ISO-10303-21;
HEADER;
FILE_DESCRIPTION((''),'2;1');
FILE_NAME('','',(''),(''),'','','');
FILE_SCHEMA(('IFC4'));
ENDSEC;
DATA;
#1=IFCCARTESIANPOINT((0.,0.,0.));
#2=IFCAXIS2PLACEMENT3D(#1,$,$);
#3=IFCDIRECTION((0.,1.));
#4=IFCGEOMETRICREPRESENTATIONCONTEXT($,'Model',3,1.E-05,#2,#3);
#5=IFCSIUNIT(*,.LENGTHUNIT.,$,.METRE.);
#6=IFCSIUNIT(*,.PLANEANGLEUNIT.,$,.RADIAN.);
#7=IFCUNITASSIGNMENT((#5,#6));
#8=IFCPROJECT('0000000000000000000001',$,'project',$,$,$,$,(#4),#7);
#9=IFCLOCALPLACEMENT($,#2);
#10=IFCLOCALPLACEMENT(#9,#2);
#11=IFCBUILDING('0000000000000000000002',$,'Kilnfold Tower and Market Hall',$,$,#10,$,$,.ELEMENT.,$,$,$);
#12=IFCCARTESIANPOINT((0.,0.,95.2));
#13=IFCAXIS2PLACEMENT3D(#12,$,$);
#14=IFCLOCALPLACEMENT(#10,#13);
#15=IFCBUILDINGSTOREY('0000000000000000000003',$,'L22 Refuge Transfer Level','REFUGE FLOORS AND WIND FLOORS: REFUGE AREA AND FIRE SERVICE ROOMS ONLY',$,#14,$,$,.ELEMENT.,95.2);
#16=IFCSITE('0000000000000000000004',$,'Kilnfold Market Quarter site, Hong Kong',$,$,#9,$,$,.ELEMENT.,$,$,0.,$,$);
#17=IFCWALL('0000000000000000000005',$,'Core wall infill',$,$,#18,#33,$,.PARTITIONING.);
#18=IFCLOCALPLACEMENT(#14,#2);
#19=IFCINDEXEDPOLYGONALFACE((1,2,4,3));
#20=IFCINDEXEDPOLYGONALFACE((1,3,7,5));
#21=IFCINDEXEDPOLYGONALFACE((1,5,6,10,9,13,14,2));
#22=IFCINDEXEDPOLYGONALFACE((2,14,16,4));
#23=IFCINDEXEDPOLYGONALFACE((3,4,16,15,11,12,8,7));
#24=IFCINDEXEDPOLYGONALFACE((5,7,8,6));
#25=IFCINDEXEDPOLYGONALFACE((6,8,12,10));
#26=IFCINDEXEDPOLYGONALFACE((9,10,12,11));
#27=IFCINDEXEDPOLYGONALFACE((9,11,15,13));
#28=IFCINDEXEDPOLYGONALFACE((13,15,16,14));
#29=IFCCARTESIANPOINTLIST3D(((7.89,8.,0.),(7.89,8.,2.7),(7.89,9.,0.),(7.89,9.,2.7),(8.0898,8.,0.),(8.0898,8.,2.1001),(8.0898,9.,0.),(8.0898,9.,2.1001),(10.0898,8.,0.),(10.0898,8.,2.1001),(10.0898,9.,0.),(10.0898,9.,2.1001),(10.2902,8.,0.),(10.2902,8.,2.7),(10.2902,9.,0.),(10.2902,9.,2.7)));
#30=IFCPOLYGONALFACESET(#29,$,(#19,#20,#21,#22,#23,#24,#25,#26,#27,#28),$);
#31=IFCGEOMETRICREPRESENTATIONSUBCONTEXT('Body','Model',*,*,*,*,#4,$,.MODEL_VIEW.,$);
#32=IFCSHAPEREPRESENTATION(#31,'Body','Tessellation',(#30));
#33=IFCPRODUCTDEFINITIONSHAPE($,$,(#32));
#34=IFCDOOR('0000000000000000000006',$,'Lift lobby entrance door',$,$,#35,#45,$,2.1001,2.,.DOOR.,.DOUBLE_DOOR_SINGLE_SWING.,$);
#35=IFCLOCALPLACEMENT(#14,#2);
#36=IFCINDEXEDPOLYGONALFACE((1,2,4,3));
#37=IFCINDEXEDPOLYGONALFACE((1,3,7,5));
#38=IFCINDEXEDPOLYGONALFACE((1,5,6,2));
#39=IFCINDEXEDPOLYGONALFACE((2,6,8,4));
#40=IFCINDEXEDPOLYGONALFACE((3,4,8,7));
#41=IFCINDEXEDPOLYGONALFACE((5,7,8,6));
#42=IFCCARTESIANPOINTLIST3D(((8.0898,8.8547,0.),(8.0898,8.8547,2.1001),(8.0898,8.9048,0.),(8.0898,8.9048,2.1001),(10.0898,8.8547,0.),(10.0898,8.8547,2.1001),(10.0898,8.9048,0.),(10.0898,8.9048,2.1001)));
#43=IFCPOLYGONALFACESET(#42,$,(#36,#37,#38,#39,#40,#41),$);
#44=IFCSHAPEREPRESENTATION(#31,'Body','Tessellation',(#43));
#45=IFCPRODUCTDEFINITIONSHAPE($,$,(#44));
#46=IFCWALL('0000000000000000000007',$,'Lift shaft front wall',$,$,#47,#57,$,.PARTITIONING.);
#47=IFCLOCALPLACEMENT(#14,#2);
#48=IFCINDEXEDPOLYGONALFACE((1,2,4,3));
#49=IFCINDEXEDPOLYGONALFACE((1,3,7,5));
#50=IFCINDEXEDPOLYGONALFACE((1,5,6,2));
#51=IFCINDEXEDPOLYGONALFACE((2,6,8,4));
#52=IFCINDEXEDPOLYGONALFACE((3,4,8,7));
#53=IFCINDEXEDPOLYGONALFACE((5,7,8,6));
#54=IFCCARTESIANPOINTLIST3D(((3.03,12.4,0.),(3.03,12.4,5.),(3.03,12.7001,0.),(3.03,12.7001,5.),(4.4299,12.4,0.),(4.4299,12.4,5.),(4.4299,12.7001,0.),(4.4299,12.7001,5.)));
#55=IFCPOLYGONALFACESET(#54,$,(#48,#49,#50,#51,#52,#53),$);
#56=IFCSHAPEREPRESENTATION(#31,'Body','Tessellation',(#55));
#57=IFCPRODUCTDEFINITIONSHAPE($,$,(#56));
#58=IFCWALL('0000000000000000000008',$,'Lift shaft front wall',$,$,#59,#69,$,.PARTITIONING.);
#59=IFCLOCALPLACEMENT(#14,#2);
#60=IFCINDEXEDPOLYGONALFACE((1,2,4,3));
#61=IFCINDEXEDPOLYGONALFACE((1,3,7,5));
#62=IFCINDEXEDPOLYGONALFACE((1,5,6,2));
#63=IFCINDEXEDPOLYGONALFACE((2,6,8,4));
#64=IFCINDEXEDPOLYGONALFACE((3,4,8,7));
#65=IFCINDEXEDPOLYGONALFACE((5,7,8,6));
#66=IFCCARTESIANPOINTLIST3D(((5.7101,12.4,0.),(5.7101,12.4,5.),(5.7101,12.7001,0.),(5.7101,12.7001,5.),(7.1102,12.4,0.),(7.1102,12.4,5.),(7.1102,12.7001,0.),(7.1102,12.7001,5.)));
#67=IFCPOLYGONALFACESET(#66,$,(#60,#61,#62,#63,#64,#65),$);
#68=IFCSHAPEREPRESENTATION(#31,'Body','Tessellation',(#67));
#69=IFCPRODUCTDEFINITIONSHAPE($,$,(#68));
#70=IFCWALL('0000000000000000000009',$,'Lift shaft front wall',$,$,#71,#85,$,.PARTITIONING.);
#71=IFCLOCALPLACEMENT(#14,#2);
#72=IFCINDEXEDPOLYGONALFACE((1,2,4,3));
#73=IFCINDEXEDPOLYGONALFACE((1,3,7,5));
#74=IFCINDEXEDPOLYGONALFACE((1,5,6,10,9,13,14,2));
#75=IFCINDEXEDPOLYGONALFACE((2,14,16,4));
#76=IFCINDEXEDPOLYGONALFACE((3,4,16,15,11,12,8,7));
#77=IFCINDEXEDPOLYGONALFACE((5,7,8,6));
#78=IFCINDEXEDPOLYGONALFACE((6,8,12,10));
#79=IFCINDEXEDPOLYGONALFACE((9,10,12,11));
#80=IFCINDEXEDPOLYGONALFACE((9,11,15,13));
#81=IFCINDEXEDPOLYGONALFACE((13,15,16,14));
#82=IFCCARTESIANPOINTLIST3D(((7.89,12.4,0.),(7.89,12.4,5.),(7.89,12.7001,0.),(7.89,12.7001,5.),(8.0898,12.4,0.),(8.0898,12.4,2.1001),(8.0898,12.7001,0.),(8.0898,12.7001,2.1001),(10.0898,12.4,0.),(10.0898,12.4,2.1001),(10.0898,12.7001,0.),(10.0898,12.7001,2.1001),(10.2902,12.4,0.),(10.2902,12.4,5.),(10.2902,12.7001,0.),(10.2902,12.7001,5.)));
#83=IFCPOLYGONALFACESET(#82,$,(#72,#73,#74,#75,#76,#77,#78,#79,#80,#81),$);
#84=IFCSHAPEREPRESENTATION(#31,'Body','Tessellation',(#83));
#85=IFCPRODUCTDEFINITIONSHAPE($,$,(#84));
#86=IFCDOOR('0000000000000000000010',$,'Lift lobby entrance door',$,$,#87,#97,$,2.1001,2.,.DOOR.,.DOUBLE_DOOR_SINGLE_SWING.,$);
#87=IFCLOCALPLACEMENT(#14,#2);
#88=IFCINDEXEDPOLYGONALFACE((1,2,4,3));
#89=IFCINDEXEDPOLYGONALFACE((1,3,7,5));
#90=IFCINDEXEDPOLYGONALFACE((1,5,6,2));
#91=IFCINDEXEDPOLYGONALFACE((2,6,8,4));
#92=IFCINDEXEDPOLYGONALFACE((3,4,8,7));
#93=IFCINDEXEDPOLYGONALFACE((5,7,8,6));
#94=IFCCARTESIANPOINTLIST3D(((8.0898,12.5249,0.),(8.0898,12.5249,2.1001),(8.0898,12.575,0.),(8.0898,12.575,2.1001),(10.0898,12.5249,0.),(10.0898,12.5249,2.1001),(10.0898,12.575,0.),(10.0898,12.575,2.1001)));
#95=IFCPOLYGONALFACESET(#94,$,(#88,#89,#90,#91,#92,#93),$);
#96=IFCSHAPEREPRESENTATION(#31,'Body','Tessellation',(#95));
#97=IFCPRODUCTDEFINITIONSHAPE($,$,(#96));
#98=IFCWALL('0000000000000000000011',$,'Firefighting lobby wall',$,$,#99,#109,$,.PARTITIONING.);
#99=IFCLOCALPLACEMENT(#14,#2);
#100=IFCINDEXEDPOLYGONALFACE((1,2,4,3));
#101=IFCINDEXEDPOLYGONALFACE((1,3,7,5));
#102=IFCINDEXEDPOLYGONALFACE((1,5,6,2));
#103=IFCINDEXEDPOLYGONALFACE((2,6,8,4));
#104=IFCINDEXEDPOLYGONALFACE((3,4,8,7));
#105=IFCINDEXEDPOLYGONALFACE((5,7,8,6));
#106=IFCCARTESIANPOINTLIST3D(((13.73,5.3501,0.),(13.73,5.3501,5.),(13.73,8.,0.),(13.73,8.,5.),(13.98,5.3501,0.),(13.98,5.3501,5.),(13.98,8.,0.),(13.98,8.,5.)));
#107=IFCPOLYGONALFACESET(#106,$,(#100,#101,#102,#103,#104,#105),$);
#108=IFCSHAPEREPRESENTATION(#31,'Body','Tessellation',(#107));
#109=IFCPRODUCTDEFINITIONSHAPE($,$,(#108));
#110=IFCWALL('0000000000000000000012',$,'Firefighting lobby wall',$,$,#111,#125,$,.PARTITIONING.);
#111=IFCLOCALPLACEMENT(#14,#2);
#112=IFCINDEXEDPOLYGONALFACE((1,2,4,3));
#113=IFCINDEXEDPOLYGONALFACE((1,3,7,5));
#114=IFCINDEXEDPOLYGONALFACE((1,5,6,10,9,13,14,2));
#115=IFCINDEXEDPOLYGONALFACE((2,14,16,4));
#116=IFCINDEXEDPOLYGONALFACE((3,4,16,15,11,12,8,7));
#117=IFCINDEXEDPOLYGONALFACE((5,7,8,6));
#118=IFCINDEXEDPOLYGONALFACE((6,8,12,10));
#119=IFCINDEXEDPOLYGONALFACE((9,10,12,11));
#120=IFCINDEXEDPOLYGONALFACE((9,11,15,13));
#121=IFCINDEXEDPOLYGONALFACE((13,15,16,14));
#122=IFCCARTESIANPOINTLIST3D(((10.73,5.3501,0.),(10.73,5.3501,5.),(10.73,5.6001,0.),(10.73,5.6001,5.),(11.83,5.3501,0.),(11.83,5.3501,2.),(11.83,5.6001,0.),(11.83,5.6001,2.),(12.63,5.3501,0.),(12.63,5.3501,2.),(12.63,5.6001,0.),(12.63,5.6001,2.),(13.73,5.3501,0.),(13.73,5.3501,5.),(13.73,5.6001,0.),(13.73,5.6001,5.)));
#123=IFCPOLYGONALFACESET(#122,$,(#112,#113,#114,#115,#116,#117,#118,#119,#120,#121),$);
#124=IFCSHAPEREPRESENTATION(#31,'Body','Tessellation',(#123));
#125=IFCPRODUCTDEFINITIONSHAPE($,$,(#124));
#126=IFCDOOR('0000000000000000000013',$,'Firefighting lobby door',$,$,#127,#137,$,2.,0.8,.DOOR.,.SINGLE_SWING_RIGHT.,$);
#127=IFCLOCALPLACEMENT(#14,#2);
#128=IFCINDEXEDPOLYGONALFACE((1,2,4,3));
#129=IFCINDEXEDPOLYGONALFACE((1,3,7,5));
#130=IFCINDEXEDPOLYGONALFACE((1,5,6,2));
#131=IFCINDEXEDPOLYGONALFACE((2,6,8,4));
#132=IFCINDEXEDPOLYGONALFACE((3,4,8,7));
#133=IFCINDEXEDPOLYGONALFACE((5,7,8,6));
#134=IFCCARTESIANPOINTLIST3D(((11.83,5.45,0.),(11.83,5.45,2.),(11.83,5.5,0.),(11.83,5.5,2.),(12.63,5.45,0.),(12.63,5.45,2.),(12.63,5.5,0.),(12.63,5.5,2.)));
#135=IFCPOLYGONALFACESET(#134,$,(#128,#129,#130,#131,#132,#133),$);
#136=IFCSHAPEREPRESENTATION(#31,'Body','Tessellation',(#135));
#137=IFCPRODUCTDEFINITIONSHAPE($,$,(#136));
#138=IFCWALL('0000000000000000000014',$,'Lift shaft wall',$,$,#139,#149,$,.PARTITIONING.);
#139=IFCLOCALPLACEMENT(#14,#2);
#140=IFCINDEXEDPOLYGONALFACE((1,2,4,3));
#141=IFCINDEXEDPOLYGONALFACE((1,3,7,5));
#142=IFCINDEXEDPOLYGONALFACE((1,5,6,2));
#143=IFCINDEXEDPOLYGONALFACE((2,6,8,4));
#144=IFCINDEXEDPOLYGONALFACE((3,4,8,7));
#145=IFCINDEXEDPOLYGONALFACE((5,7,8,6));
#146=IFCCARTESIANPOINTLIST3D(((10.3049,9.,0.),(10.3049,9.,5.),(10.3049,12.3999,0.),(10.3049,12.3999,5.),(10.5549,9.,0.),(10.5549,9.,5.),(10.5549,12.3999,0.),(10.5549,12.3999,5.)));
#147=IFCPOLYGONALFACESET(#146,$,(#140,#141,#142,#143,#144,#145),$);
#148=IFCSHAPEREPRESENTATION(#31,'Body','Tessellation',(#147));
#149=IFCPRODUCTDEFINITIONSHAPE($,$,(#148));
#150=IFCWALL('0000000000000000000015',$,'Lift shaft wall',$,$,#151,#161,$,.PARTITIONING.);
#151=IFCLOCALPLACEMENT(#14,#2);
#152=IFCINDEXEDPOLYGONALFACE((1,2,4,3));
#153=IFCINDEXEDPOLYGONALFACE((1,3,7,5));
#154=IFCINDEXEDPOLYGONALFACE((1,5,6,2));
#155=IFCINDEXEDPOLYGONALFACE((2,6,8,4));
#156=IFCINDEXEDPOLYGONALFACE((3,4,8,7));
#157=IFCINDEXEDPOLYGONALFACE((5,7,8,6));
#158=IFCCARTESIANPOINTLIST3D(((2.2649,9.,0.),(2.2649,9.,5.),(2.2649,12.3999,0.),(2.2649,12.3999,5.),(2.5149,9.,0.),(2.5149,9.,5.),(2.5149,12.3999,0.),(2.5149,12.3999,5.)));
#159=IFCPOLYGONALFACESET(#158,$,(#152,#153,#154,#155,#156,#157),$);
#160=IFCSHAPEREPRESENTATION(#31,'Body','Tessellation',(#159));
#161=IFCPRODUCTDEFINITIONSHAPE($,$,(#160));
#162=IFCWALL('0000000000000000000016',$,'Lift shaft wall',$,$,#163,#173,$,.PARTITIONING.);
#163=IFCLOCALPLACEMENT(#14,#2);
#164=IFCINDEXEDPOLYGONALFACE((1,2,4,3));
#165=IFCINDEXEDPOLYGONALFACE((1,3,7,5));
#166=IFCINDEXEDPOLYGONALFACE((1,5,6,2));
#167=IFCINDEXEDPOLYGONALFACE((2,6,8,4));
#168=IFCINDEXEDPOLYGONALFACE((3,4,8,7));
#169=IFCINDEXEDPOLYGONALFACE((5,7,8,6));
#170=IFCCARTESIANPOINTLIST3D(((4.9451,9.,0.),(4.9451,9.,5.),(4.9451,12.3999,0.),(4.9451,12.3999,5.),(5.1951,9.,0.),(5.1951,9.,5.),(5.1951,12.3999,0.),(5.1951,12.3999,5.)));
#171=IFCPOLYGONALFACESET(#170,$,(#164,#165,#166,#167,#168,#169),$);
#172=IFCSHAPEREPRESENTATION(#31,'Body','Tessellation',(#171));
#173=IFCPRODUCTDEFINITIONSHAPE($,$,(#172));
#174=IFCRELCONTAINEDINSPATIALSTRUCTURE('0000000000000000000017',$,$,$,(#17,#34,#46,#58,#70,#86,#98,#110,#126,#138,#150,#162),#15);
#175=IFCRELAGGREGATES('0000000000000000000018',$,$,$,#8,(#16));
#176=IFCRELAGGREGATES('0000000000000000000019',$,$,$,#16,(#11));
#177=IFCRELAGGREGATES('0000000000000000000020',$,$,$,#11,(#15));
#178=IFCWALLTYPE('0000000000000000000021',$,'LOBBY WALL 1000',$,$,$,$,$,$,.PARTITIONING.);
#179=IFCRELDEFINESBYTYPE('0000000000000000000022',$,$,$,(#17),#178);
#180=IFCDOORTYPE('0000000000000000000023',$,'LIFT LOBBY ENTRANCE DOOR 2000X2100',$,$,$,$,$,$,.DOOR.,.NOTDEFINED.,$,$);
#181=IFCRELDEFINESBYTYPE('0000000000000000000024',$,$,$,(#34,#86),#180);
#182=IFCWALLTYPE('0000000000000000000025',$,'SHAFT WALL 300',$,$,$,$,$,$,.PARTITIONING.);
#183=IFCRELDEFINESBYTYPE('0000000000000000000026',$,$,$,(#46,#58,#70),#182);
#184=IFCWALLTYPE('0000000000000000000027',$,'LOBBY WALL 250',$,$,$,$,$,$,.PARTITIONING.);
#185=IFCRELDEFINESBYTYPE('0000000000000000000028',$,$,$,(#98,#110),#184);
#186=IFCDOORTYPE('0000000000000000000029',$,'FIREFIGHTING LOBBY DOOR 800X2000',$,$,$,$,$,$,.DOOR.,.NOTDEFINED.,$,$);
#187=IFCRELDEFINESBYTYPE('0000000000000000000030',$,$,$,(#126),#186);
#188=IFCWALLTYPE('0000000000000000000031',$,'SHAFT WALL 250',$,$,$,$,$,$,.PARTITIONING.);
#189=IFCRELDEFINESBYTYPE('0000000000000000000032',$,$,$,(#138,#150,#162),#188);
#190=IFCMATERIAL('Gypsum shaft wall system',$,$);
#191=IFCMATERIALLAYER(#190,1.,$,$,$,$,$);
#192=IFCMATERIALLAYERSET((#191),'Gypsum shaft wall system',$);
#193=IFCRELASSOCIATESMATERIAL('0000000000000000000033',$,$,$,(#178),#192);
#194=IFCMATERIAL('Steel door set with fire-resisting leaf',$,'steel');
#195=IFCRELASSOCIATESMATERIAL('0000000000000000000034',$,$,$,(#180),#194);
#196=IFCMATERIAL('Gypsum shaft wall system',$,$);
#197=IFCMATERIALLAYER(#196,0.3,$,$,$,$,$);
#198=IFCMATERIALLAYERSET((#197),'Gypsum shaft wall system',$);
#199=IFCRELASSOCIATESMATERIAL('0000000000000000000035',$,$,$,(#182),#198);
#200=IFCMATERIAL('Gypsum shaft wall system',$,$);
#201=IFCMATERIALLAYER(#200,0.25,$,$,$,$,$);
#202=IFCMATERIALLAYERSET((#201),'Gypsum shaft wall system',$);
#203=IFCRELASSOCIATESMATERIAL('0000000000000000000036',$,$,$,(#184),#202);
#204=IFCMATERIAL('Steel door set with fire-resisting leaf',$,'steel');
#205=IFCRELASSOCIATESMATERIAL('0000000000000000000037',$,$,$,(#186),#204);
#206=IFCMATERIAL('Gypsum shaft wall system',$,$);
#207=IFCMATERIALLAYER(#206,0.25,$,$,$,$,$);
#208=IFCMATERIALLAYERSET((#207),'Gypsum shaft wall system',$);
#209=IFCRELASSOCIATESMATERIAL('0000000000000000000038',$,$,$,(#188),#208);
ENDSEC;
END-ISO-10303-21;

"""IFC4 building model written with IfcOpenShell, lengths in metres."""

from ifc_helpers import new_model, si_unit, direction, frame, frame_2d, origin, place, context, subcontext, project, spatial, rectangle, extrude, source, transform, mapped, material, layer, layer_set, type_object, element, fill, save


model = new_model("IFC4")

# Units and contexts
model_context = context("Model", 3, precision=1e-05, world=origin(), true_north=direction((0.0, 1.0)))
body_context = subcontext(model_context, "Body", "Model", "MODEL_VIEW")
ifc_project = project(units=[si_unit("LENGTHUNIT", "METRE"), si_unit("PLANEANGLEUNIT", "RADIAN")], contexts=[model_context])

# Site, building, storey
site_placement = place(None, origin())
site = spatial("IfcSite", under=ifc_project, at=site_placement, Name="Kilnfold Market Quarter site, Hong Kong", CompositionType="ELEMENT", RefElevation=0.0)
building_placement = place(site_placement, origin())
building = spatial("IfcBuilding", under=site, at=building_placement, Name="Kilnfold Tower and Market Hall", CompositionType="ELEMENT")
storey_placement = place(building_placement, frame((0.0, 0.0, 95.2)))
storey = spatial("IfcBuildingStorey", under=building, at=storey_placement, Name="L22 Refuge Transfer Level", Description="REFUGE FLOORS AND WIND FLOORS: REFUGE AREA AND FIRE SERVICE ROOMS ONLY", CompositionType="ELEMENT", Elevation=95.2)

# Wall, opening, door
ifc_material_1 = material(Name="Gypsum shaft wall system")
ifc_layer_1 = layer(ifc_material_1, 1.0)
ifc_layer_set_1 = layer_set([ifc_layer_1], Name="Gypsum shaft wall system")
wall_type_1 = type_object("IfcWallType", Name="LOBBY WALL 1000", PredefinedType="PARTITIONING", material=ifc_layer_set_1)
shared_shape_1 = source(origin(), body_context, "Body", "SweptSolid", [
    extrude(rectangle(XDim=2.4001, YDim=1.0, at=frame_2d((1.2002, 0.0))), origin(), (0.0, 0.0, 1.0), 2.7),
])
wall_1_placement = place(storey_placement, frame((7.8899, 8.5, 0.0), z_axis=(0.0, 0.0, 1.0), x_axis=(1.0, 0.0, 0.0)))
wall_1 = element("IfcWall", 1, at=wall_1_placement, inside=storey, type_object=wall_type_1, Name="Core wall infill", PredefinedType="PARTITIONING", context=body_context, shape_type="MappedRepresentation", body=[
    mapped(shared_shape_1, transform((0.0, 0.0, 0.0))),
])
opening_1_placement = place(wall_1_placement, frame((0.2, 0.0, 0.0)))
opening_1 = element("IfcOpeningElement", 2, at=opening_1_placement, cuts=wall_1, PredefinedType="OPENING", context=body_context, shape_type="SweptSolid", body=[
    extrude(rectangle(XDim=2.0, YDim=2.1001, at=frame_2d((1.0, 1.05))), frame((0.0, 0.51, 0.0), z_axis=(0.0, -1.0, 0.0), x_axis=(1.0, 0.0, 0.0)), (0.0, 0.0, 1.0), 1.02),
])
ifc_material_2 = material(Name="Steel door set with fire-resisting leaf", Category="steel")
door_type_1 = type_object("IfcDoorType", Name="LIFT LOBBY ENTRANCE DOOR 2000X2100", OperationType="NOTDEFINED", PredefinedType="DOOR", material=ifc_material_2)
door_1_placement = place(opening_1_placement, origin())
door_1 = element("IfcDoor", 3, at=door_1_placement, inside=storey, type_object=door_type_1, Name="Lift lobby entrance door", OperationType="DOUBLE_DOOR_SINGLE_SWING", OverallHeight=2.1001, OverallWidth=2.0, PredefinedType="DOOR", context=body_context, shape_type="SweptSolid", body=[
    extrude(rectangle(XDim=2.0, YDim=2.1001, at=frame_2d((1.0, 1.05))), frame((0.0, 0.4048, 0.0), z_axis=(0.0, -1.0, 0.0), x_axis=(1.0, 0.0, 0.0)), (0.0, 0.0, 1.0), 0.05),
])
fill(opening_1, door_1)

# Walls
ifc_material_3 = material(Name="Gypsum shaft wall system")
ifc_layer_2 = layer(ifc_material_3, 0.3)
ifc_layer_set_2 = layer_set([ifc_layer_2], Name="Gypsum shaft wall system")
wall_type_2 = type_object("IfcWallType", Name="SHAFT WALL 300", PredefinedType="PARTITIONING", material=ifc_layer_set_2)
shared_shape_2 = source(origin(), body_context, "Body", "SweptSolid", [
    extrude(rectangle(XDim=1.3999, YDim=0.3, at=frame_2d((0.7, 0.0))), origin(), (0.0, 0.0, 1.0), 5.0),
])
wall_2_placement = place(storey_placement, frame((3.03, 12.55, 0.0), z_axis=(0.0, 0.0, 1.0), x_axis=(1.0, 0.0, 0.0)))
element("IfcWall", 4, at=wall_2_placement, inside=storey, type_object=wall_type_2, Name="Lift shaft front wall", PredefinedType="PARTITIONING", context=body_context, shape_type="MappedRepresentation", body=[
    mapped(shared_shape_2, transform((0.0, 0.0, 0.0))),
])
shared_shape_3 = source(origin(), body_context, "Body", "SweptSolid", [
    extrude(rectangle(XDim=1.4001, YDim=0.3, at=frame_2d((0.7002, 0.0))), origin(), (0.0, 0.0, 1.0), 5.0),
])
wall_3_placement = place(storey_placement, frame((5.71, 12.55, 0.0), z_axis=(0.0, 0.0, 1.0), x_axis=(1.0, 0.0, 0.0)))
element("IfcWall", 5, at=wall_3_placement, inside=storey, type_object=wall_type_2, Name="Lift shaft front wall", PredefinedType="PARTITIONING", context=body_context, shape_type="MappedRepresentation", body=[
    mapped(shared_shape_3, transform((0.0, 0.0, 0.0))),
])

# Wall, opening, door
shared_shape_4 = source(origin(), body_context, "Body", "SweptSolid", [
    extrude(rectangle(XDim=2.4001, YDim=0.3, at=frame_2d((1.2002, 0.0))), origin(), (0.0, 0.0, 1.0), 5.0),
])
wall_4_placement = place(storey_placement, frame((7.8899, 12.55, 0.0), z_axis=(0.0, 0.0, 1.0), x_axis=(1.0, 0.0, 0.0)))
wall_4 = element("IfcWall", 6, at=wall_4_placement, inside=storey, type_object=wall_type_2, Name="Lift shaft front wall", PredefinedType="PARTITIONING", context=body_context, shape_type="MappedRepresentation", body=[
    mapped(shared_shape_4, transform((0.0, 0.0, 0.0))),
])
opening_2_placement = place(wall_4_placement, frame((0.2, 0.0, 0.0)))
opening_2 = element("IfcOpeningElement", 7, at=opening_2_placement, cuts=wall_4, PredefinedType="OPENING", context=body_context, shape_type="SweptSolid", body=[
    extrude(rectangle(XDim=2.0, YDim=2.1001, at=frame_2d((1.0, 1.05))), frame((0.0, 0.1602, 0.0), z_axis=(0.0, -1.0, 0.0), x_axis=(1.0, 0.0, 0.0)), (0.0, 0.0, 1.0), 0.3201),
])
door_2_placement = place(opening_2_placement, origin())
door_2 = element("IfcDoor", 8, at=door_2_placement, inside=storey, type_object=door_type_1, Name="Lift lobby entrance door", OperationType="DOUBLE_DOOR_SINGLE_SWING", OverallHeight=2.1001, OverallWidth=2.0, PredefinedType="DOOR", context=body_context, shape_type="SweptSolid", body=[
    extrude(rectangle(XDim=2.0, YDim=2.1001, at=frame_2d((1.0, 1.05))), frame((0.0, 0.0249, 0.0), z_axis=(0.0, -1.0, 0.0), x_axis=(1.0, 0.0, 0.0)), (0.0, 0.0, 1.0), 0.05),
])
fill(opening_2, door_2)

# Wall
ifc_material_4 = material(Name="Gypsum shaft wall system")
ifc_layer_3 = layer(ifc_material_4, 0.25)
ifc_layer_set_3 = layer_set([ifc_layer_3], Name="Gypsum shaft wall system")
wall_type_3 = type_object("IfcWallType", Name="LOBBY WALL 250", PredefinedType="PARTITIONING", material=ifc_layer_set_3)
shared_shape_5 = source(origin(), body_context, "Body", "SweptSolid", [
    extrude(rectangle(XDim=2.6499, YDim=0.25, at=frame_2d((1.325, 0.0))), origin(), (0.0, 0.0, 1.0), 5.0),
])
wall_5_placement = place(storey_placement, frame((13.855, 5.3501, 0.0), z_axis=(0.0, 0.0, 1.0), x_axis=(0.0, 1.0, 0.0)))
element("IfcWall", 9, at=wall_5_placement, inside=storey, type_object=wall_type_3, Name="Firefighting lobby wall", PredefinedType="PARTITIONING", context=body_context, shape_type="MappedRepresentation", body=[
    mapped(shared_shape_5, transform((0.0, 0.0, 0.0))),
])

# Wall, opening, door
shared_shape_6 = source(origin(), body_context, "Body", "SweptSolid", [
    extrude(rectangle(XDim=3.0, YDim=0.25, at=frame_2d((1.5, 0.0))), origin(), (0.0, 0.0, 1.0), 5.0),
])
wall_6_placement = place(storey_placement, frame((10.73, 5.4751, 0.0), z_axis=(0.0, 0.0, 1.0), x_axis=(1.0, 0.0, 0.0)))
wall_6 = element("IfcWall", 10, at=wall_6_placement, inside=storey, type_object=wall_type_3, Name="Firefighting lobby wall", PredefinedType="PARTITIONING", context=body_context, shape_type="MappedRepresentation", body=[
    mapped(shared_shape_6, transform((0.0, 0.0, 0.0))),
])
opening_3_placement = place(wall_6_placement, frame((1.1001, 0.0, 0.0)))
opening_3 = element("IfcOpeningElement", 11, at=opening_3_placement, cuts=wall_6, PredefinedType="OPENING", context=body_context, shape_type="SweptSolid", body=[
    extrude(rectangle(XDim=0.8, YDim=2.0, at=frame_2d((0.3999, 1.0))), frame((0.0, 0.135, 0.0), z_axis=(0.0, -1.0, 0.0), x_axis=(1.0, 0.0, 0.0)), (0.0, 0.0, 1.0), 0.27),
])
ifc_material_5 = material(Name="Steel door set with fire-resisting leaf", Category="steel")
door_type_2 = type_object("IfcDoorType", Name="FIREFIGHTING LOBBY DOOR 800X2000", OperationType="NOTDEFINED", PredefinedType="DOOR", material=ifc_material_5)
door_3_placement = place(opening_3_placement, origin())
door_3 = element("IfcDoor", 12, at=door_3_placement, inside=storey, type_object=door_type_2, Name="Firefighting lobby door", OperationType="SINGLE_SWING_RIGHT", OverallHeight=2.0, OverallWidth=0.8, PredefinedType="DOOR", context=body_context, shape_type="SweptSolid", body=[
    extrude(rectangle(XDim=0.8, YDim=2.0, at=frame_2d((0.3999, 1.0))), frame((0.0, 0.0249, 0.0), z_axis=(0.0, -1.0, 0.0), x_axis=(1.0, 0.0, 0.0)), (0.0, 0.0, 1.0), 0.05),
])
fill(opening_3, door_3)

# Walls
ifc_material_6 = material(Name="Gypsum shaft wall system")
ifc_layer_4 = layer(ifc_material_6, 0.25)
ifc_layer_set_4 = layer_set([ifc_layer_4], Name="Gypsum shaft wall system")
wall_type_4 = type_object("IfcWallType", Name="SHAFT WALL 250", PredefinedType="PARTITIONING", material=ifc_layer_set_4)
shared_shape_7 = source(origin(), body_context, "Body", "SweptSolid", [
    extrude(rectangle(XDim=3.3999, YDim=0.25, at=frame_2d((1.7, 0.0))), origin(), (0.0, 0.0, 1.0), 5.0),
])
for number, where, z_axis, x_axis, name in (
    (13, (10.4299, 9.0, 0.0), (0.0, 0.0, 1.0), (0.0, 1.0, 0.0), "Lift shaft wall"),
    (14, (2.3899, 9.0, 0.0), (0.0, 0.0, 1.0), (0.0, 1.0, 0.0), "Lift shaft wall"),
    (15, (5.0701, 9.0, 0.0), (0.0, 0.0, 1.0), (0.0, 1.0, 0.0), "Lift shaft wall"),
):
    element("IfcWall", number, at=place(storey_placement, frame(where, z_axis=z_axis, x_axis=x_axis)), inside=storey, type_object=wall_type_4, Name=name, PredefinedType="PARTITIONING", context=body_context, shape_type="MappedRepresentation", body=[
        mapped(shared_shape_7, transform((0.0, 0.0, 0.0))),
    ])

save(model, "model.ifc")
